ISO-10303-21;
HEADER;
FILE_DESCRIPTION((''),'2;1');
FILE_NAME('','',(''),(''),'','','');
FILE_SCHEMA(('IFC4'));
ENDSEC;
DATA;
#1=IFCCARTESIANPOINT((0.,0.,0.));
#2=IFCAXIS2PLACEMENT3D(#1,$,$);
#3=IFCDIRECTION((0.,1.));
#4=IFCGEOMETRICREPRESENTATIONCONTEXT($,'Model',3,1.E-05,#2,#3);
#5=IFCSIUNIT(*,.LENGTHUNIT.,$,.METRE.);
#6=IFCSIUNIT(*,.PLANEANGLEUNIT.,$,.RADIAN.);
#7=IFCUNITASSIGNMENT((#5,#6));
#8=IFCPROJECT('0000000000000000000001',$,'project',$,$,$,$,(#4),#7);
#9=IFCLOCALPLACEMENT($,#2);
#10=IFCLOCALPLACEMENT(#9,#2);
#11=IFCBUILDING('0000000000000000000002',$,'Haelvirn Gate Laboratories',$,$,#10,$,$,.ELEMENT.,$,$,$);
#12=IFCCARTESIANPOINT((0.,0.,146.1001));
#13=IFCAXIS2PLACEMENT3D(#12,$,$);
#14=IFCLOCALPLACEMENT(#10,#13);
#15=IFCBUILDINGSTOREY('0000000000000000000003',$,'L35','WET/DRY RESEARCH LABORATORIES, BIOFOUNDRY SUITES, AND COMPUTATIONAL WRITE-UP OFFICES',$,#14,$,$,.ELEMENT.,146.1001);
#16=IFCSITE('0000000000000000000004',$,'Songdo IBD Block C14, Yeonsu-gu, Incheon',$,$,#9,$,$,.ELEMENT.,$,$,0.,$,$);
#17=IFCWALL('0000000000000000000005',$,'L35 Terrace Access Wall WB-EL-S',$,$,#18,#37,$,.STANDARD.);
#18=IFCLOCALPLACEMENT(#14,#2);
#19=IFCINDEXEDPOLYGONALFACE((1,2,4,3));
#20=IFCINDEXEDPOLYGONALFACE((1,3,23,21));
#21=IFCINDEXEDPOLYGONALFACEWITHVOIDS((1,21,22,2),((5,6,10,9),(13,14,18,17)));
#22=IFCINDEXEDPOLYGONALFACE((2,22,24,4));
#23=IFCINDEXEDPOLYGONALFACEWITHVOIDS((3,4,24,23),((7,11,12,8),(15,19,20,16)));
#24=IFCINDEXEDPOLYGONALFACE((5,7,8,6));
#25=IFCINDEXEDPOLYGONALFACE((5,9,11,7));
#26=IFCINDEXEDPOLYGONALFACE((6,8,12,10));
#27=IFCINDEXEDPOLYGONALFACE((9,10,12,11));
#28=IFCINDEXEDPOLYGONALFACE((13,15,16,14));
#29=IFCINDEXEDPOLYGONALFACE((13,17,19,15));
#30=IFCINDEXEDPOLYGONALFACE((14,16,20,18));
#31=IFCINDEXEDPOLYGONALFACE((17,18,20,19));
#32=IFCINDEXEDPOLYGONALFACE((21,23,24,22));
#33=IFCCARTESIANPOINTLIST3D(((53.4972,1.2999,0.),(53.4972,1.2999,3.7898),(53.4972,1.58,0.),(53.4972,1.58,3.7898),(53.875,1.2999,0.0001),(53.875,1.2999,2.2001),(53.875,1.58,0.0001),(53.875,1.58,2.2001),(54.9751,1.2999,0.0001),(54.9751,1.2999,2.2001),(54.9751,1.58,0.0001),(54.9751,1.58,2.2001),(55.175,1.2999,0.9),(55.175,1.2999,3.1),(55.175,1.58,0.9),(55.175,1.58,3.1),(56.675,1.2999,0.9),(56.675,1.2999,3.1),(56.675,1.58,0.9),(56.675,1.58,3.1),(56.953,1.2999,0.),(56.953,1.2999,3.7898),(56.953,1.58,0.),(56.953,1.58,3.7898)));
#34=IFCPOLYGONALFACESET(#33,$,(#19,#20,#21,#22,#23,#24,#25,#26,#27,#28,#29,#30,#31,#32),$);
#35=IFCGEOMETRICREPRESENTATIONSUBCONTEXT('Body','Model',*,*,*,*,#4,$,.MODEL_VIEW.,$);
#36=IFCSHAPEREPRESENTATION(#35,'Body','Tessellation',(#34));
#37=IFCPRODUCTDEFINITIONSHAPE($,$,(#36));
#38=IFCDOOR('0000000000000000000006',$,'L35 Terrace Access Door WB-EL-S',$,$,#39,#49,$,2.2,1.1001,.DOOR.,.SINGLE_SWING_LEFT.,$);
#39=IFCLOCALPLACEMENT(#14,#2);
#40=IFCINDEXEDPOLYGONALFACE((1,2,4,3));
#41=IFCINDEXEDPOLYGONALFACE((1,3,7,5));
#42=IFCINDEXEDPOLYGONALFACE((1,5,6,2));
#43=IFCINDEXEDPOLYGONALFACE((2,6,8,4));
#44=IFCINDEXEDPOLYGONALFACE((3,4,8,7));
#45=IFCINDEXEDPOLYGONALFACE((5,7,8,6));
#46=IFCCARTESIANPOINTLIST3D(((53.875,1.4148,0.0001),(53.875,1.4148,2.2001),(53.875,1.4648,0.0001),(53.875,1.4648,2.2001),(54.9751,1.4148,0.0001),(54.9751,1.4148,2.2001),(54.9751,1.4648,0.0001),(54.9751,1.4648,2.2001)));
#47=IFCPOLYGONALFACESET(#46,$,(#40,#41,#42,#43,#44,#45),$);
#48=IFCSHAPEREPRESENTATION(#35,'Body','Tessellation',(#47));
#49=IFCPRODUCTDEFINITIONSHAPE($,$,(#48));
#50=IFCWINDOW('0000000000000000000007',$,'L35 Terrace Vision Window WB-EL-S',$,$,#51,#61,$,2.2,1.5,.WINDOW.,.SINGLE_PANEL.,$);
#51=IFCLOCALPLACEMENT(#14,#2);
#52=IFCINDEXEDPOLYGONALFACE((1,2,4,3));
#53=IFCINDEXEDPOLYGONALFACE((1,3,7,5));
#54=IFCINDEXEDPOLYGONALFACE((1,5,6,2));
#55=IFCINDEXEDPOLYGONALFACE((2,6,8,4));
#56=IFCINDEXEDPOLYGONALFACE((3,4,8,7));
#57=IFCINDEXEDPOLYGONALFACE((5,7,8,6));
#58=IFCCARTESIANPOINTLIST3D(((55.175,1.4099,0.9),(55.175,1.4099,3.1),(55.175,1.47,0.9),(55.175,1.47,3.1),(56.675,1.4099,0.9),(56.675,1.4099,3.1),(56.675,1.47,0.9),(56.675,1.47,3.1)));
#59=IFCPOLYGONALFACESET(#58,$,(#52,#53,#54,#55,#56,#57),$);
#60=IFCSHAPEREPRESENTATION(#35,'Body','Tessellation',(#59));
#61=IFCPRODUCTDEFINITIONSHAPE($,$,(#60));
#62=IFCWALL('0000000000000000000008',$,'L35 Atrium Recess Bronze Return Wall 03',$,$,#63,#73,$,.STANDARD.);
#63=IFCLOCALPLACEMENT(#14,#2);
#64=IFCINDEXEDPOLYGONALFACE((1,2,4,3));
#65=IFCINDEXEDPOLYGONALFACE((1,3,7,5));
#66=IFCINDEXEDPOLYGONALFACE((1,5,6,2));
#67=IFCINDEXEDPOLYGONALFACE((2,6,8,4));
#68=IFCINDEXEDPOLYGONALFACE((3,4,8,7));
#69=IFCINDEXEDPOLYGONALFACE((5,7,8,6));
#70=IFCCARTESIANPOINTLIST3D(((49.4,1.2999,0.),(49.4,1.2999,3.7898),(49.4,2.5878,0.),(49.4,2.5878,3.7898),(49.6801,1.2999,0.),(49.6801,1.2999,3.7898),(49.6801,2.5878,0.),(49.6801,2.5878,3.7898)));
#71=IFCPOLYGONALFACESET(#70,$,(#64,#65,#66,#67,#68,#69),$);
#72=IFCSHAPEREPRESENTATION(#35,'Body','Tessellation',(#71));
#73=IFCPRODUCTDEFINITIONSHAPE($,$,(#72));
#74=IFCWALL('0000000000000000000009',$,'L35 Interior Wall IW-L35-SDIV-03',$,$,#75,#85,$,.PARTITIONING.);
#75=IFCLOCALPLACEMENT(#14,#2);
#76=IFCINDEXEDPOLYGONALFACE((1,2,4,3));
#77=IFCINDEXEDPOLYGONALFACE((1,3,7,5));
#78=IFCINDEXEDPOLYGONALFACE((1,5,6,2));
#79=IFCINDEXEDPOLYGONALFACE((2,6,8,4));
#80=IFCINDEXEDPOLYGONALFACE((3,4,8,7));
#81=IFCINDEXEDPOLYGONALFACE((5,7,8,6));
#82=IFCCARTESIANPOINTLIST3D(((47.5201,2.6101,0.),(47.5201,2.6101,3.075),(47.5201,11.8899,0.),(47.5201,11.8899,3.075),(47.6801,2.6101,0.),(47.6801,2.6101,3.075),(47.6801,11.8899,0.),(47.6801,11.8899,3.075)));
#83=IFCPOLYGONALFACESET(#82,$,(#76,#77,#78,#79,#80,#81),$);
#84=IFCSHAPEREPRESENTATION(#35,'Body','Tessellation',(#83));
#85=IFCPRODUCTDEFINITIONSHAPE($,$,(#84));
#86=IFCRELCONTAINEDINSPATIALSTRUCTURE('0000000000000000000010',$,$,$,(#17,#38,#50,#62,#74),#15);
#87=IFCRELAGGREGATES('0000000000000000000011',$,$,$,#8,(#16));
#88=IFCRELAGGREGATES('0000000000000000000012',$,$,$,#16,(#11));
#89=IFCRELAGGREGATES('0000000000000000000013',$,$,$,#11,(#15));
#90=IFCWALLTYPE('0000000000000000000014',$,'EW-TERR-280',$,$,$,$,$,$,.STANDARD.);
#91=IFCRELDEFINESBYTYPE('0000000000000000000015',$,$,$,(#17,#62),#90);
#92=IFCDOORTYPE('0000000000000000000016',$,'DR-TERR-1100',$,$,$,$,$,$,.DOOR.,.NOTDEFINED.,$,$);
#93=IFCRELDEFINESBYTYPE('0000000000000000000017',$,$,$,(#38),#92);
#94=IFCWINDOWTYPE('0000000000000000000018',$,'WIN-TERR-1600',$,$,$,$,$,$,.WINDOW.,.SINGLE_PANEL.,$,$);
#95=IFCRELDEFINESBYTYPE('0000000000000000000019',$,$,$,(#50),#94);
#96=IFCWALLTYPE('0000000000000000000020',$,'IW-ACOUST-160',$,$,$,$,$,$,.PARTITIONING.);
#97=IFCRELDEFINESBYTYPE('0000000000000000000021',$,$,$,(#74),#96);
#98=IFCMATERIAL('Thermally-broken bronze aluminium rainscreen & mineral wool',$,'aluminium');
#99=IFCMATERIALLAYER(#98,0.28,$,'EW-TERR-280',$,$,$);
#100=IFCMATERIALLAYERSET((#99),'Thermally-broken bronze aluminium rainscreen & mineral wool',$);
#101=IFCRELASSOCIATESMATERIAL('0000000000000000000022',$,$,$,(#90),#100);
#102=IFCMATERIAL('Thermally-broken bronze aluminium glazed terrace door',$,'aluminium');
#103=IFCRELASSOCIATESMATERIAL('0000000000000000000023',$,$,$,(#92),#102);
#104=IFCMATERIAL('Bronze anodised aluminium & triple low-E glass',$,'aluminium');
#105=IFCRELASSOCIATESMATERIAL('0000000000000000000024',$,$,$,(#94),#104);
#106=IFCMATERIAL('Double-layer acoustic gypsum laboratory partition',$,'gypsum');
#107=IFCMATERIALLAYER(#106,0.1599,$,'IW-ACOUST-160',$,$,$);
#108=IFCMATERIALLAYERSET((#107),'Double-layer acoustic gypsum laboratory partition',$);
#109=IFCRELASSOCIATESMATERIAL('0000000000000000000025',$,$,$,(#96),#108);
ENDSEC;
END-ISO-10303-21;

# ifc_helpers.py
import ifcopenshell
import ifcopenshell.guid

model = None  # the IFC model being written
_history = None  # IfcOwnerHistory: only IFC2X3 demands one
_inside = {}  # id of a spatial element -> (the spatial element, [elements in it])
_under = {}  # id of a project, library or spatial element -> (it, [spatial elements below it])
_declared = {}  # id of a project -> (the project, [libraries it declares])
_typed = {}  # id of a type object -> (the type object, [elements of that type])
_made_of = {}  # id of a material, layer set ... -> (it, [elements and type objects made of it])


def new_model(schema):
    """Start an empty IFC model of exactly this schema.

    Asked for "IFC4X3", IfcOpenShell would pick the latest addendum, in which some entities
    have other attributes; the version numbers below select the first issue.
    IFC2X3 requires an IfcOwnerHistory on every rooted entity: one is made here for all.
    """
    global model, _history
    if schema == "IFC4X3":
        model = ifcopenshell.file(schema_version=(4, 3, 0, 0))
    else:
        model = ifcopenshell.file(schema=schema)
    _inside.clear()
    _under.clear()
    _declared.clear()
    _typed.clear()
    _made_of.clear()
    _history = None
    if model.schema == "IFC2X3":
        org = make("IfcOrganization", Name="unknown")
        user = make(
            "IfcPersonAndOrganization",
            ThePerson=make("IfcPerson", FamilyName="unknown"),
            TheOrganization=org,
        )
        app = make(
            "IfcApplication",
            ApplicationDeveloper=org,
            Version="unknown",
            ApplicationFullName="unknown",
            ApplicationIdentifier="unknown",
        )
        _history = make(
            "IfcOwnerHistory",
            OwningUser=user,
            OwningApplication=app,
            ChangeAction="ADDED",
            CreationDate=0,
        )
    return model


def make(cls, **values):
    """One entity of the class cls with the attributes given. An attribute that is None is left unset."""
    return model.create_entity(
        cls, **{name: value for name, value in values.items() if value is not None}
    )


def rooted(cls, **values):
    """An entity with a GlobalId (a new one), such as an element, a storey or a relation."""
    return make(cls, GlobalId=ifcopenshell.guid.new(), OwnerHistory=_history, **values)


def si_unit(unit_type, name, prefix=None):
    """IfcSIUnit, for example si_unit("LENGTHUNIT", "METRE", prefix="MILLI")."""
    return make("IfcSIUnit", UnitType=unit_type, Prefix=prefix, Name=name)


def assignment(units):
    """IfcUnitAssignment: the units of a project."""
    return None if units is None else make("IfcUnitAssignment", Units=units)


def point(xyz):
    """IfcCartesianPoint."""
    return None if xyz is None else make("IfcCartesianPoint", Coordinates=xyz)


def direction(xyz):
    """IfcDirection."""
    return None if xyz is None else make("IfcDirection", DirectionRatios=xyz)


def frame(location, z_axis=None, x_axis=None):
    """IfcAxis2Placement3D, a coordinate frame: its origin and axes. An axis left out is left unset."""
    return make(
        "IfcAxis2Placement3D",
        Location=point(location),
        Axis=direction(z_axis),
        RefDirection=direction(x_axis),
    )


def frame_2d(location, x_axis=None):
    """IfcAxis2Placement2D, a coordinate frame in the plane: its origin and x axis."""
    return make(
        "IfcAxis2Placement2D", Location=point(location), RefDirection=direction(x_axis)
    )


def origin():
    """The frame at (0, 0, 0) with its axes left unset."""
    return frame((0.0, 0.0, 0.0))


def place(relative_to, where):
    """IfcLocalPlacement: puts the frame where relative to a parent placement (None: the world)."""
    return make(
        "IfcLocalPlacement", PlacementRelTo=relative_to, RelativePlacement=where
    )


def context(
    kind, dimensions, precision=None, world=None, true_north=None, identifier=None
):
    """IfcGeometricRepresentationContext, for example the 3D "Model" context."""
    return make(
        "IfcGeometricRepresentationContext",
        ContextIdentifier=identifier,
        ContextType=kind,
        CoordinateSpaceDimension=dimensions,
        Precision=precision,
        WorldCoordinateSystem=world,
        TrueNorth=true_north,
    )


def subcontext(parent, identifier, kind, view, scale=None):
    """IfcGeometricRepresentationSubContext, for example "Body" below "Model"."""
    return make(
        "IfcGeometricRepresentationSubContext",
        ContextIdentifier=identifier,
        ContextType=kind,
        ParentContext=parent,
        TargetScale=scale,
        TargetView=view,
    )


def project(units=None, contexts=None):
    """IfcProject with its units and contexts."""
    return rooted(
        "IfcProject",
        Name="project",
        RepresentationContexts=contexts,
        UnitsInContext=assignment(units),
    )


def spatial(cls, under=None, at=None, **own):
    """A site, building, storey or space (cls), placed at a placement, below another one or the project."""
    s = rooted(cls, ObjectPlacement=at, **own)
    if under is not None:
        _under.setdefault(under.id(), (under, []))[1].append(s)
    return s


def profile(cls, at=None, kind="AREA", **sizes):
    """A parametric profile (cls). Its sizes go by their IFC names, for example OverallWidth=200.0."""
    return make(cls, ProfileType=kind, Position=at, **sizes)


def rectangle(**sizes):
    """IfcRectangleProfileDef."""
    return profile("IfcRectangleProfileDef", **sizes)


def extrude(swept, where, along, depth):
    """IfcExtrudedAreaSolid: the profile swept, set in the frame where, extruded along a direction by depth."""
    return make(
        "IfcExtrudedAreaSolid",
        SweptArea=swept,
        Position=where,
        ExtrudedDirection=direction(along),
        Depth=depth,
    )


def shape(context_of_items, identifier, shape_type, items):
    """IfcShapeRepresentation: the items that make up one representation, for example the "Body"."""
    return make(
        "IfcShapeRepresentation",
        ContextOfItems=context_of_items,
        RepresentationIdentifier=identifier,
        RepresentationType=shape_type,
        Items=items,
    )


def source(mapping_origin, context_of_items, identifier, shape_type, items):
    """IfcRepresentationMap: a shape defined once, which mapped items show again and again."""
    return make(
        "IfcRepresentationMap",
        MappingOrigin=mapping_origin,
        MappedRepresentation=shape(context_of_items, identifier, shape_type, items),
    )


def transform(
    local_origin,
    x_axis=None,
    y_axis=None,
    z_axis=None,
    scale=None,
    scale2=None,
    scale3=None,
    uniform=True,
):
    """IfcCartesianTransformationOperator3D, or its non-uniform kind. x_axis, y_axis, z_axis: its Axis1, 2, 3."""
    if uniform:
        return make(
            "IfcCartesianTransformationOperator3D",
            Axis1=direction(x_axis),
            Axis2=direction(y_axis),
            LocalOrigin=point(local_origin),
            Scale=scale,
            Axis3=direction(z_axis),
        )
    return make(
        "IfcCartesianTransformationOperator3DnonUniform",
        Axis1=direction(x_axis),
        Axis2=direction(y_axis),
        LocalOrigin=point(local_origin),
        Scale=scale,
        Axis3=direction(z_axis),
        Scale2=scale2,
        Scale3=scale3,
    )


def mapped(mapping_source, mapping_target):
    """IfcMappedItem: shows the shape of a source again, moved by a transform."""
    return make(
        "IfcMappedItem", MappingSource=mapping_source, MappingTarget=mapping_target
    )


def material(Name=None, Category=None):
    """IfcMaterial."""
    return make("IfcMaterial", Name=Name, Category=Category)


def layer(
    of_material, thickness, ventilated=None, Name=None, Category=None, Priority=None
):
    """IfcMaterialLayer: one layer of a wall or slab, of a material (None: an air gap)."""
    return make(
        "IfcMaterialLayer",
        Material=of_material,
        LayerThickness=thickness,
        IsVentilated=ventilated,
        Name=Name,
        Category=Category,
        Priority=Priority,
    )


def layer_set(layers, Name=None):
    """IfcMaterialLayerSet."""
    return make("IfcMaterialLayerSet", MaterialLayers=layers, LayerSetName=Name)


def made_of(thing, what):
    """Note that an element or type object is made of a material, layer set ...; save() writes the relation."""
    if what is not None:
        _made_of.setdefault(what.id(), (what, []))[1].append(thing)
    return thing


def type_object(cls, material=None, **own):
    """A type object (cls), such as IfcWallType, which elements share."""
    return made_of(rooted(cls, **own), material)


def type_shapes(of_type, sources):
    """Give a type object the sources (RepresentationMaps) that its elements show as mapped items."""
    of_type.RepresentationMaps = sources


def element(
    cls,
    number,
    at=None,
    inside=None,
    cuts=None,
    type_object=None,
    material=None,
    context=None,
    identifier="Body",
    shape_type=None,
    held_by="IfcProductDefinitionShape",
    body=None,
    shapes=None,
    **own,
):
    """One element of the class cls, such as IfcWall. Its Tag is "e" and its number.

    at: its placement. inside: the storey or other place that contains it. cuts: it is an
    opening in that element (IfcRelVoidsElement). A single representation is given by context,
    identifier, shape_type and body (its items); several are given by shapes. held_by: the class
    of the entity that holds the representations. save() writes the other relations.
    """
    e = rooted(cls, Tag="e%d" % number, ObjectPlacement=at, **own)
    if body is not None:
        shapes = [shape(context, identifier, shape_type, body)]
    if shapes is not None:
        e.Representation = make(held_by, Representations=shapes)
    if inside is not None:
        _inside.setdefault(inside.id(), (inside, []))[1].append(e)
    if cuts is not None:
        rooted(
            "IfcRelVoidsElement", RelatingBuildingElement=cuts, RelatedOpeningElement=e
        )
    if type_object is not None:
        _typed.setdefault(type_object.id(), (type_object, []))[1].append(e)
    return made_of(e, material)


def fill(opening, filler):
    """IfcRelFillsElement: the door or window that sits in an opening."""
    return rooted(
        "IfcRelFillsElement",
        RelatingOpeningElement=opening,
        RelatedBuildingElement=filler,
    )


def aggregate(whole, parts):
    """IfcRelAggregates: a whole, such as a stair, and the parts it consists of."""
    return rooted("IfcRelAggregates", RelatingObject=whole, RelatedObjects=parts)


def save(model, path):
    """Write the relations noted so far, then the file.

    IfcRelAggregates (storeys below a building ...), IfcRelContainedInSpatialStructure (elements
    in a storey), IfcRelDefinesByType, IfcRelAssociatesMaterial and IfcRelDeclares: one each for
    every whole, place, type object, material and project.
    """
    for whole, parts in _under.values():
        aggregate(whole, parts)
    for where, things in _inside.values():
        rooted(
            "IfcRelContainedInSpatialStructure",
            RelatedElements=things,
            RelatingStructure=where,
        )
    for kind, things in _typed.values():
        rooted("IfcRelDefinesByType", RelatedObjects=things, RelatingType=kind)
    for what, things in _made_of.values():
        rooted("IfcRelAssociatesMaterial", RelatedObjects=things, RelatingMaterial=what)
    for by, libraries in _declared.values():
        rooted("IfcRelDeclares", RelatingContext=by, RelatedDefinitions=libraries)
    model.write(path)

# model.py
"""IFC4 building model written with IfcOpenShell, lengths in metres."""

from ifc_helpers import new_model, si_unit, direction, frame, frame_2d, origin, place, context, subcontext, project, spatial, rectangle, extrude, source, transform, mapped, material, layer, layer_set, type_object, type_shapes, element, fill, save


model = new_model("IFC4")

# Units and contexts
model_context = context("Model", 3, precision=1e-05, world=origin(), true_north=direction((0.0, 1.0)))
body_context = subcontext(model_context, "Body", "Model", "MODEL_VIEW")
ifc_project = project(units=[si_unit("LENGTHUNIT", "METRE"), si_unit("PLANEANGLEUNIT", "RADIAN")], contexts=[model_context])

# Site, building, storey
site_placement = place(None, origin())
site = spatial("IfcSite", under=ifc_project, at=site_placement, Name="Songdo IBD Block C14, Yeonsu-gu, Incheon", CompositionType="ELEMENT", RefElevation=0.0)
building_placement = place(site_placement, origin())
building = spatial("IfcBuilding", under=site, at=building_placement, Name="Haelvirn Gate Laboratories", CompositionType="ELEMENT")
storey_placement = place(building_placement, frame((0.0, 0.0, 146.1001)))
storey = spatial("IfcBuildingStorey", under=building, at=storey_placement, Name="L35", Description="WET/DRY RESEARCH LABORATORIES, BIOFOUNDRY SUITES, AND COMPUTATIONAL WRITE-UP OFFICES", CompositionType="ELEMENT", Elevation=146.1001)

# Wall, openings, door, window
ifc_material_1 = material(Name="Thermally-broken bronze aluminium rainscreen & mineral wool", Category="aluminium")
ifc_layer_1 = layer(ifc_material_1, 0.28, Name="EW-TERR-280")
ifc_layer_set_1 = layer_set([ifc_layer_1], Name="Thermally-broken bronze aluminium rainscreen & mineral wool")
wall_type_1 = type_object("IfcWallType", Name="EW-TERR-280", PredefinedType="STANDARD", material=ifc_layer_set_1)
wall_1_placement = place(storey_placement, frame((53.4971, 1.4399, 0.0), z_axis=(0.0, 0.0, 1.0), x_axis=(1.0, 0.0, 0.0)))
wall_1 = element("IfcWall", 1, at=wall_1_placement, inside=storey, type_object=wall_type_1, Name="L35 Terrace Access Wall WB-EL-S", PredefinedType="STANDARD", context=body_context, shape_type="SweptSolid", body=[
    extrude(rectangle(XDim=3.4558, YDim=0.28, at=frame_2d((1.728, 0.0))), origin(), (0.0, 0.0, 1.0), 3.7898),
])
opening_1_placement = place(wall_1_placement, frame((0.3779, 0.0, 0.0)))
opening_1 = element("IfcOpeningElement", 2, at=opening_1_placement, cuts=wall_1, PredefinedType="OPENING", context=body_context, shape_type="SweptSolid", body=[
    extrude(rectangle(XDim=1.1001, YDim=2.2, at=frame_2d((0.55, 1.1001))), frame((0.0, 0.1499, 0.0), z_axis=(0.0, -1.0, 0.0), x_axis=(1.0, 0.0, 0.0)), (0.0, 0.0, 1.0), 0.3),
])
opening_2_placement = place(wall_1_placement, frame((1.678, 0.0, 0.8999)))
opening_2 = element("IfcOpeningElement", 3, at=opening_2_placement, cuts=wall_1, PredefinedType="OPENING", context=body_context, shape_type="SweptSolid", body=[
    extrude(rectangle(XDim=1.5, YDim=2.2, at=frame_2d((0.75, 1.1001))), frame((0.0, 0.1499, 0.0), z_axis=(0.0, -1.0, 0.0), x_axis=(1.0, 0.0, 0.0)), (0.0, 0.0, 1.0), 0.3),
])
ifc_material_2 = material(Name="Thermally-broken bronze aluminium glazed terrace door", Category="aluminium")
door_type = type_object("IfcDoorType", Name="DR-TERR-1100", OperationType="NOTDEFINED", PredefinedType="DOOR", material=ifc_material_2)
shared_shape_1 = source(origin(), body_context, "Body", "SweptSolid", [
    extrude(rectangle(XDim=1.1001, YDim=2.2, at=frame_2d((0.55, 1.1001))), frame((0.0, 0.0249, 0.0), z_axis=(0.0, -1.0, 0.0), x_axis=(1.0, 0.0, 0.0)), (0.0, 0.0, 1.0), 0.05),
])
type_shapes(door_type, [shared_shape_1])
door_placement = place(opening_1_placement, origin())
door = element("IfcDoor", 4, at=door_placement, inside=storey, type_object=door_type, Name="L35 Terrace Access Door WB-EL-S", OperationType="SINGLE_SWING_LEFT", OverallHeight=2.2, OverallWidth=1.1001, PredefinedType="DOOR", context=body_context, shape_type="MappedRepresentation", body=[
    mapped(shared_shape_1, transform((0.0, 0.0, 0.0), scale=1.0)),
])
fill(opening_1, door)
ifc_material_3 = material(Name="Bronze anodised aluminium & triple low-E glass", Category="aluminium")
window_type = type_object("IfcWindowType", Name="WIN-TERR-1600", PartitioningType="SINGLE_PANEL", PredefinedType="WINDOW", material=ifc_material_3)
shared_shape_2 = source(origin(), body_context, "Body", "SweptSolid", [
    extrude(rectangle(XDim=1.5, YDim=2.2, at=frame_2d((0.75, 1.1001))), frame((0.0, 0.03, 0.0), z_axis=(0.0, -1.0, 0.0), x_axis=(1.0, 0.0, 0.0)), (0.0, 0.0, 1.0), 0.0601),
])
type_shapes(window_type, [shared_shape_2])
window_placement = place(opening_2_placement, origin())
window = element("IfcWindow", 5, at=window_placement, inside=storey, type_object=window_type, Name="L35 Terrace Vision Window WB-EL-S", OverallHeight=2.2, OverallWidth=1.5, PartitioningType="SINGLE_PANEL", PredefinedType="WINDOW", context=body_context, shape_type="MappedRepresentation", body=[
    mapped(shared_shape_2, transform((0.0, 0.0, 0.0), scale=1.0)),
])
fill(opening_2, window)

# Walls
wall_2_placement = place(storey_placement, frame((49.54, 2.5879, 0.0), z_axis=(0.0, 0.0, 1.0), x_axis=(0.0, -1.0, 0.0)))
element("IfcWall", 6, at=wall_2_placement, inside=storey, type_object=wall_type_1, Name="L35 Atrium Recess Bronze Return Wall 03", PredefinedType="STANDARD", context=body_context, shape_type="SweptSolid", body=[
    extrude(rectangle(XDim=1.2878, YDim=0.28, at=frame_2d((0.644, 0.0))), origin(), (0.0, 0.0, 1.0), 3.7898),
])
ifc_material_4 = material(Name="Double-layer acoustic gypsum laboratory partition", Category="gypsum")
ifc_layer_2 = layer(ifc_material_4, 0.1599, Name="IW-ACOUST-160")
ifc_layer_set_2 = layer_set([ifc_layer_2], Name="Double-layer acoustic gypsum laboratory partition")
wall_type_2 = type_object("IfcWallType", Name="IW-ACOUST-160", PredefinedType="PARTITIONING", material=ifc_layer_set_2)
wall_3_placement = place(storey_placement, frame((47.6001, 2.6101, 0.0), z_axis=(0.0, 0.0, 1.0), x_axis=(0.0, 1.0, 0.0)))
element("IfcWall", 7, at=wall_3_placement, inside=storey, type_object=wall_type_2, Name="L35 Interior Wall IW-L35-SDIV-03", PredefinedType="PARTITIONING", context=body_context, shape_type="SweptSolid", body=[
    extrude(rectangle(XDim=9.2798, YDim=0.1599, at=frame_2d((4.6399, 0.0))), origin(), (0.0, 0.0, 1.0), 3.075),
])

save(model, "model.ifc")
